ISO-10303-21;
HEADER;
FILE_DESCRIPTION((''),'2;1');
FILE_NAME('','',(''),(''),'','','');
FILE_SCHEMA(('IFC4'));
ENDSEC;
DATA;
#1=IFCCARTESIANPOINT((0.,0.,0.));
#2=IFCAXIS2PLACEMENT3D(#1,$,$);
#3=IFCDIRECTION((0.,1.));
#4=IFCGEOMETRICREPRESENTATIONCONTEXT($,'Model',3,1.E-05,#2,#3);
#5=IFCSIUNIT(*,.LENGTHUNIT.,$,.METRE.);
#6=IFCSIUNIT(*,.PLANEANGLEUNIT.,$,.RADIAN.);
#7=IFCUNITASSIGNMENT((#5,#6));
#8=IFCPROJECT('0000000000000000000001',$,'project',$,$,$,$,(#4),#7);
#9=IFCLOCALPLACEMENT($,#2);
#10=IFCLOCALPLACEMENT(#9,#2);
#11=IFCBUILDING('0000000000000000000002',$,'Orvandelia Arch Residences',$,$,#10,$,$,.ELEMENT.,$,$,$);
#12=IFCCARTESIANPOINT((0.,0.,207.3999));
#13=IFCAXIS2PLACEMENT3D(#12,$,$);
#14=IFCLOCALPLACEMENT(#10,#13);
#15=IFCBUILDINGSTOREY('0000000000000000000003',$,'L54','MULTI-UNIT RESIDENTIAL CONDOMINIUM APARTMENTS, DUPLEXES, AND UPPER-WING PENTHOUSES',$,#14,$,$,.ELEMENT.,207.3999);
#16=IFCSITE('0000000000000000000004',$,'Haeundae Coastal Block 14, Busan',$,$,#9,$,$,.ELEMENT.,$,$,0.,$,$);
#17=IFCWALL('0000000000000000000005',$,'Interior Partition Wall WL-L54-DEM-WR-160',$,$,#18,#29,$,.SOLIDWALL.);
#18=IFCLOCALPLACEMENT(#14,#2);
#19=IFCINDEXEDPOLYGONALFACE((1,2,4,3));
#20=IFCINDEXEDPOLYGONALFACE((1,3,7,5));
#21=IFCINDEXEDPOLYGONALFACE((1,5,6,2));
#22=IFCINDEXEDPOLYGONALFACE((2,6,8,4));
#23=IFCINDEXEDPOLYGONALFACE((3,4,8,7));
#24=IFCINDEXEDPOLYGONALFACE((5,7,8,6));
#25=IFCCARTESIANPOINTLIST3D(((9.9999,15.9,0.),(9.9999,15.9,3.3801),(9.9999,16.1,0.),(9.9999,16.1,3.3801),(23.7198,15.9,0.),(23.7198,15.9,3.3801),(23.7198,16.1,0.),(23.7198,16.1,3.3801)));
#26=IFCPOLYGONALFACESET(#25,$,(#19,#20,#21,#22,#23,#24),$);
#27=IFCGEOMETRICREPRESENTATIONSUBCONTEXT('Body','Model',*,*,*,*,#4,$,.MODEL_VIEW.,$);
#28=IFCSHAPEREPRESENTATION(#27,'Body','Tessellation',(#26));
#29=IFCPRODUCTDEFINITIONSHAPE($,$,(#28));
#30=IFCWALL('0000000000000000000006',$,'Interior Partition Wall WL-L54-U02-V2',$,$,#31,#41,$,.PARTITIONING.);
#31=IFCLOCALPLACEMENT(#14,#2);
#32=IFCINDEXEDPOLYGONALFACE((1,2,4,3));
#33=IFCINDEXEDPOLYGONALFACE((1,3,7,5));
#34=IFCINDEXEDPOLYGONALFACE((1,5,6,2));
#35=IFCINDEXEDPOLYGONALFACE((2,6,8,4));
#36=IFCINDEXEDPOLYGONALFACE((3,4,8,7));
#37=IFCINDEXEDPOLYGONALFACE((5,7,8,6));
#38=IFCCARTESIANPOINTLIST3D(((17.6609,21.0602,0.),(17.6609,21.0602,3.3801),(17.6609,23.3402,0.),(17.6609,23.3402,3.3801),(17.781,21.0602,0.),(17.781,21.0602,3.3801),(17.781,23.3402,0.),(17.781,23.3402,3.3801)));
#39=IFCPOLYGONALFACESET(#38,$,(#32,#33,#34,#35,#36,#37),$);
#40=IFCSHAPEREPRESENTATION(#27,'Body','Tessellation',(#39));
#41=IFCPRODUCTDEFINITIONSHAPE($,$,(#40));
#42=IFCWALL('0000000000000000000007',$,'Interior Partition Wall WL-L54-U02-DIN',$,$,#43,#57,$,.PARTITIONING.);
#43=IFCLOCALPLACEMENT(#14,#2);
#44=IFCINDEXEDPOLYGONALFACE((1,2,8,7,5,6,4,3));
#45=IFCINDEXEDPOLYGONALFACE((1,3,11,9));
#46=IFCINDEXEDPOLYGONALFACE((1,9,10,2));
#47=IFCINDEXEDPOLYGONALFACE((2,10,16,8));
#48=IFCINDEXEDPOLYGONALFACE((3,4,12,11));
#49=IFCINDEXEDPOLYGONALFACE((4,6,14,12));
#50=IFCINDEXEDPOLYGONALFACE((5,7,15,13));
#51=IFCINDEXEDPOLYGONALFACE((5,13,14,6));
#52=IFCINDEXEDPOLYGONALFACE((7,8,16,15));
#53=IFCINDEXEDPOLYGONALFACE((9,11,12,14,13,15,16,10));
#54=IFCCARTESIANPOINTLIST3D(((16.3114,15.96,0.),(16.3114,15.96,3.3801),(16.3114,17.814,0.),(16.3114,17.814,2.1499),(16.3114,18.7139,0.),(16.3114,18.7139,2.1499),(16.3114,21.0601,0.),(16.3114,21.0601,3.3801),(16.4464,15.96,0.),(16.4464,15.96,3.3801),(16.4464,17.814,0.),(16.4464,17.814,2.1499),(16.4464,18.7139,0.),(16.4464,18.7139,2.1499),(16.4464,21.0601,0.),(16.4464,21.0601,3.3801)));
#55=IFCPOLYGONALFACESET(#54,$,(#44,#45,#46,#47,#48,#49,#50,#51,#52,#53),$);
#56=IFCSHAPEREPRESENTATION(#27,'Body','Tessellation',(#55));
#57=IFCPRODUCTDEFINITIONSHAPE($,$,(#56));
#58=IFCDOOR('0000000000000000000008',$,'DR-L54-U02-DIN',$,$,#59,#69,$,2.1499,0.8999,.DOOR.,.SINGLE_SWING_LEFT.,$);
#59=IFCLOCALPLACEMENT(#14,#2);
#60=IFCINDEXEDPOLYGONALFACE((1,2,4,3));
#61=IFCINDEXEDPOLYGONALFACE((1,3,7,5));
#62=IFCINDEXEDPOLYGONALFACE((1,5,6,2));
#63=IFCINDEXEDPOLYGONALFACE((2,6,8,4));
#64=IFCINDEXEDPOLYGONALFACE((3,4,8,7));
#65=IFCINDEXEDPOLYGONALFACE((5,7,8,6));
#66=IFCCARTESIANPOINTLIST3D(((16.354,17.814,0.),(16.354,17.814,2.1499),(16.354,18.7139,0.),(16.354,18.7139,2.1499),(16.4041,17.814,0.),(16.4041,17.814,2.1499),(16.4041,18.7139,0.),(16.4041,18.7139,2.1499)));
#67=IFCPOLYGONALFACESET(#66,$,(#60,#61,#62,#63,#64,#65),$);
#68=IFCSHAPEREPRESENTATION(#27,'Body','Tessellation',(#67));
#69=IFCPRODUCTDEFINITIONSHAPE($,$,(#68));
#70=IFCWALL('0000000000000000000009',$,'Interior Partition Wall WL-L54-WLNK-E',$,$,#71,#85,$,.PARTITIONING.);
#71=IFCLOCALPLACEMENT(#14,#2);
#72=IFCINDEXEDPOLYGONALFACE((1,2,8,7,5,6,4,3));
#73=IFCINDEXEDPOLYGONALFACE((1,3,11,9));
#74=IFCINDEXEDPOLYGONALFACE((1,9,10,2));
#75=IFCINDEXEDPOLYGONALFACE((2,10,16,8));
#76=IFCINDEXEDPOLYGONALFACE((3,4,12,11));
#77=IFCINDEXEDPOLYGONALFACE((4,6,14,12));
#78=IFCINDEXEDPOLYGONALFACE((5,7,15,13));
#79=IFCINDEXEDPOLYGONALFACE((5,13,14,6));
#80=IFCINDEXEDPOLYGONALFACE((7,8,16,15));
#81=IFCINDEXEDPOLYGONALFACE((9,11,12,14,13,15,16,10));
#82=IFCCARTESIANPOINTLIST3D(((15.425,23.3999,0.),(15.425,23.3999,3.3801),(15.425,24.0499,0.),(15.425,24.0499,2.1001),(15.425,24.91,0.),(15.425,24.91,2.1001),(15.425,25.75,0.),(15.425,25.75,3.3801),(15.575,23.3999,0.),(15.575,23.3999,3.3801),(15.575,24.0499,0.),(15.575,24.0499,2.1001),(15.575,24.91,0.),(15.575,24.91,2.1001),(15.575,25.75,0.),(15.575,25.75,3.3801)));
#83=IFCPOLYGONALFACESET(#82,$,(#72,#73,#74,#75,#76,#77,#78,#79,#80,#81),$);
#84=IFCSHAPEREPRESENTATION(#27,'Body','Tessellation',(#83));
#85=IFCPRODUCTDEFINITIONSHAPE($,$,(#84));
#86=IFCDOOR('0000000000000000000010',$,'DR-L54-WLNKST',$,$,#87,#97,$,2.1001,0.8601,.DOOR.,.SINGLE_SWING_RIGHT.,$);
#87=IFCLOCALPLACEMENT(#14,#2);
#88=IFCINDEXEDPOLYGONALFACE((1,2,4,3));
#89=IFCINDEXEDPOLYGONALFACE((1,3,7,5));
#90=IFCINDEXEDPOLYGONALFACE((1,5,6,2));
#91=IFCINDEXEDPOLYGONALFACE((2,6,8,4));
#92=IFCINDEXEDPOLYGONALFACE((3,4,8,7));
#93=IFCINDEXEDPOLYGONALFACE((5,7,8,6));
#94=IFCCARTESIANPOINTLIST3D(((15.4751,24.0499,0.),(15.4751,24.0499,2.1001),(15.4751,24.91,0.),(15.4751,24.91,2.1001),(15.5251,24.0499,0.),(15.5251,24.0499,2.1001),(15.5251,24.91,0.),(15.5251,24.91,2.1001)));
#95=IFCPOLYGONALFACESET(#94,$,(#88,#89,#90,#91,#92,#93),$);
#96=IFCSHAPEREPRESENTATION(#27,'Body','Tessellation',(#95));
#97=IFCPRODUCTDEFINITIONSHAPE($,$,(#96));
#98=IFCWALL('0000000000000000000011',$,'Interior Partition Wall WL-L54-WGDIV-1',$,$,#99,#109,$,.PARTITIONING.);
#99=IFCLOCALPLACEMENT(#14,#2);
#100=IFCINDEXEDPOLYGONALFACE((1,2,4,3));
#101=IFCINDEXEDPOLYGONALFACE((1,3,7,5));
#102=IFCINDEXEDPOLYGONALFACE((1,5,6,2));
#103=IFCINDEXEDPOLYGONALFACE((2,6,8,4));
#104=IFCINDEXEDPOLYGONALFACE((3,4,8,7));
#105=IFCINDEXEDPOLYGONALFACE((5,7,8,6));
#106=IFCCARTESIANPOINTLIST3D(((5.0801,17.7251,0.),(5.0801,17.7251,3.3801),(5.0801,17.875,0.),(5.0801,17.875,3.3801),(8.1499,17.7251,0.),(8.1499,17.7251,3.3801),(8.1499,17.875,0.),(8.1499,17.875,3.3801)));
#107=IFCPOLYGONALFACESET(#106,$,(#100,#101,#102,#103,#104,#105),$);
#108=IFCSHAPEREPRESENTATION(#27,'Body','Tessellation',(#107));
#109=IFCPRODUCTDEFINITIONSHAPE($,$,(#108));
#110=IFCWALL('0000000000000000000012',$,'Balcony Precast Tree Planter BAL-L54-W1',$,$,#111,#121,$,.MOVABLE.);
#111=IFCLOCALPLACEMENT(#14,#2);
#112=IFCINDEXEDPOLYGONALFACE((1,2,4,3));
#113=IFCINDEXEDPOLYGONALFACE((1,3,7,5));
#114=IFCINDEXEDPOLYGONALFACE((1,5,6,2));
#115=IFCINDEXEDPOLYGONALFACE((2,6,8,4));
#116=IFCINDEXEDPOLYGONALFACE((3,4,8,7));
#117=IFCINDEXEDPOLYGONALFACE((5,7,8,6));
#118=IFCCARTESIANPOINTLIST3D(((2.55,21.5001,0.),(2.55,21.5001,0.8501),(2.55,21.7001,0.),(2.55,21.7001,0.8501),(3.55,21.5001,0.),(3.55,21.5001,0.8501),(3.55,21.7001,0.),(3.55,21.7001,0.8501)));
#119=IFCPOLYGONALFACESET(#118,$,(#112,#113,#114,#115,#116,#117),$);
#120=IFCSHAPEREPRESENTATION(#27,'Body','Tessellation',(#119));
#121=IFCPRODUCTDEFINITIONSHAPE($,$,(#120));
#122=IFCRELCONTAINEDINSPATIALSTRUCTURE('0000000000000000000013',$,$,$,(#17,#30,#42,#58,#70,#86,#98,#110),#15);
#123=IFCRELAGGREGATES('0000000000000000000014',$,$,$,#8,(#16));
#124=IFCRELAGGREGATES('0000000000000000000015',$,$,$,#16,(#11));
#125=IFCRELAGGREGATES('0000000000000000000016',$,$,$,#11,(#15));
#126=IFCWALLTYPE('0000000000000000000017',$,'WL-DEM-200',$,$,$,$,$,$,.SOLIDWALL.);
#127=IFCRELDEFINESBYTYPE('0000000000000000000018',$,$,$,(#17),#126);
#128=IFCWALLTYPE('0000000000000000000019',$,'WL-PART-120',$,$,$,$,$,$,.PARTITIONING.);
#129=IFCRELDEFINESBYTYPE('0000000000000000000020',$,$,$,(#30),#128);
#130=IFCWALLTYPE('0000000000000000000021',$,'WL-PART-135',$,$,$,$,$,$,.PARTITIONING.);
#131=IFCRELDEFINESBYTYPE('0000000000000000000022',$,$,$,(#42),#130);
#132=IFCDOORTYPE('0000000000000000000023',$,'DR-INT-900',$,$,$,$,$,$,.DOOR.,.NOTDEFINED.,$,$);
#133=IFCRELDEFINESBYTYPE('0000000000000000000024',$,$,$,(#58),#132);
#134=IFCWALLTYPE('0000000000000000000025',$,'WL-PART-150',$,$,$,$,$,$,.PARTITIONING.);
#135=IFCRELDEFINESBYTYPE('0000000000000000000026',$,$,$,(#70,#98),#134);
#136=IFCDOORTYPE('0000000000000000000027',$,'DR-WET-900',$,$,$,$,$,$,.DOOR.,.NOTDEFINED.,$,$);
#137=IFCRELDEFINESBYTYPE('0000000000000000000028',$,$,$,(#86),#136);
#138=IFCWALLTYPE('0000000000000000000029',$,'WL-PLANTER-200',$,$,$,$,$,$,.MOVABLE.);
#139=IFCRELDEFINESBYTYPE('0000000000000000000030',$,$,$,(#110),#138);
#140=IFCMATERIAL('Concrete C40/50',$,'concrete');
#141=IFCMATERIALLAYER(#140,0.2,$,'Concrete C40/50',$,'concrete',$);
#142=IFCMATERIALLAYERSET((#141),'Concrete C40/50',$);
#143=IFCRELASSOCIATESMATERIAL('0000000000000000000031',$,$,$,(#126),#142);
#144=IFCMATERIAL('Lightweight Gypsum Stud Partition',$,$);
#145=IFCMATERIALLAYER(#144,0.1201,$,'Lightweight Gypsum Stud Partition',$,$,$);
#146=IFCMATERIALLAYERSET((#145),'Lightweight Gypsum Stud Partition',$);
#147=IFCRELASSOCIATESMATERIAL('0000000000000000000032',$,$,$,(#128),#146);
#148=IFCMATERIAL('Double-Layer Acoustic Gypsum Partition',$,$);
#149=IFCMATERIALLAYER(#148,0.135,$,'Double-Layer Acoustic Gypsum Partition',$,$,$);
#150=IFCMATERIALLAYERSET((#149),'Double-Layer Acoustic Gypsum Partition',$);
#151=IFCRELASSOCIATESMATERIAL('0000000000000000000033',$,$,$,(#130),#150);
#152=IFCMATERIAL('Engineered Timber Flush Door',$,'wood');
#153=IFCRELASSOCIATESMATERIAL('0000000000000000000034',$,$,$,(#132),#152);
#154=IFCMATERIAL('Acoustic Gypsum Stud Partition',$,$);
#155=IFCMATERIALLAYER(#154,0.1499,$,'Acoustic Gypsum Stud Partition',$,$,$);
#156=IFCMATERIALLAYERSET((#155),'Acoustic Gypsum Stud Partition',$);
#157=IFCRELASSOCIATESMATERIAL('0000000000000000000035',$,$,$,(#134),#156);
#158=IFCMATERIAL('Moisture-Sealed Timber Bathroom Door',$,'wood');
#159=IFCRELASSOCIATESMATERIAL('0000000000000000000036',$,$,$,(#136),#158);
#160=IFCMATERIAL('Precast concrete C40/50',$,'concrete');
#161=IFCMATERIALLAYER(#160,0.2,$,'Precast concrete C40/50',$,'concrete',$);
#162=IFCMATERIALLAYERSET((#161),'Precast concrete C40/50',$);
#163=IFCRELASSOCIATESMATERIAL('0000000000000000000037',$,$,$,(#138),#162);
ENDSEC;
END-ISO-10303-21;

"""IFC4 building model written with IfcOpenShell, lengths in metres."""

from ifc_helpers import new_model, si_unit, direction, frame, frame_2d, origin, place, context, subcontext, project, spatial, rectangle, extrude, material, layer, layer_set, type_object, element, fill, save


model = new_model("IFC4")

# Units and contexts
model_context = context("Model", 3, precision=1e-05, world=origin(), true_north=direction((0.0, 1.0)))
body_context = subcontext(model_context, "Body", "Model", "MODEL_VIEW")
ifc_project = project(units=[si_unit("LENGTHUNIT", "METRE"), si_unit("PLANEANGLEUNIT", "RADIAN")], contexts=[model_context])

# Site, building, storey
site_placement = place(None, origin())
site = spatial("IfcSite", under=ifc_project, at=site_placement, Name="Haeundae Coastal Block 14, Busan", CompositionType="ELEMENT", RefElevation=0.0)
building_placement = place(site_placement, origin())
building = spatial("IfcBuilding", under=site, at=building_placement, Name="Orvandelia Arch Residences", CompositionType="ELEMENT")
storey_placement = place(building_placement, frame((0.0, 0.0, 207.3999)))
storey = spatial("IfcBuildingStorey", under=building, at=storey_placement, Name="L54", Description="MULTI-UNIT RESIDENTIAL CONDOMINIUM APARTMENTS, DUPLEXES, AND UPPER-WING PENTHOUSES", CompositionType="ELEMENT", Elevation=207.3999)

# Walls
ifc_material_1 = material(Name="Concrete C40/50", Category="concrete")
ifc_layer_1 = layer(ifc_material_1, 0.2, Name="Concrete C40/50", Category="concrete")
ifc_layer_set_1 = layer_set([ifc_layer_1], Name="Concrete C40/50")
wall_type_1 = type_object("IfcWallType", Name="WL-DEM-200", PredefinedType="SOLIDWALL", material=ifc_layer_set_1)
wall_1_placement = place(storey_placement, frame((10.0, 16.0, 0.0), z_axis=(0.0, 0.0, 1.0), x_axis=(1.0, 0.0, 0.0)))
element("IfcWall", 1, at=wall_1_placement, inside=storey, type_object=wall_type_1, Name="Interior Partition Wall WL-L54-DEM-WR-160", PredefinedType="SOLIDWALL", context=body_context, shape_type="SweptSolid", body=[
    extrude(rectangle(XDim=13.72, YDim=0.2, at=frame_2d((6.8599, 0.0))), origin(), (0.0, 0.0, 1.0), 3.3801),
])
ifc_material_2 = material(Name="Lightweight Gypsum Stud Partition")
ifc_layer_2 = layer(ifc_material_2, 0.1201, Name="Lightweight Gypsum Stud Partition")
ifc_layer_set_2 = layer_set([ifc_layer_2], Name="Lightweight Gypsum Stud Partition")
wall_type_2 = type_object("IfcWallType", Name="WL-PART-120", PredefinedType="PARTITIONING", material=ifc_layer_set_2)
wall_2_placement = place(storey_placement, frame((17.7209, 21.0601, 0.0), z_axis=(0.0, 0.0, 1.0), x_axis=(0.0, 1.0, 0.0)))
element("IfcWall", 2, at=wall_2_placement, inside=storey, type_object=wall_type_2, Name="Interior Partition Wall WL-L54-U02-V2", PredefinedType="PARTITIONING", context=body_context, shape_type="SweptSolid", body=[
    extrude(rectangle(XDim=2.28, YDim=0.1201, at=frame_2d((1.1401, 0.0))), origin(), (0.0, 0.0, 1.0), 3.3801),
])

# Walls, openings, doors
ifc_material_3 = material(Name="Double-Layer Acoustic Gypsum Partition")
ifc_layer_3 = layer(ifc_material_3, 0.135, Name="Double-Layer Acoustic Gypsum Partition")
ifc_layer_set_3 = layer_set([ifc_layer_3], Name="Double-Layer Acoustic Gypsum Partition")
wall_type_3 = type_object("IfcWallType", Name="WL-PART-135", PredefinedType="PARTITIONING", material=ifc_layer_set_3)
wall_3_placement = place(storey_placement, frame((16.3789, 15.96, 0.0), z_axis=(0.0, 0.0, 1.0), x_axis=(0.0, 1.0, 0.0)))
wall_3 = element("IfcWall", 3, at=wall_3_placement, inside=storey, type_object=wall_type_3, Name="Interior Partition Wall WL-L54-U02-DIN", PredefinedType="PARTITIONING", context=body_context, shape_type="SweptSolid", body=[
    extrude(rectangle(XDim=5.1001, YDim=0.135, at=frame_2d((2.55, 0.0))), origin(), (0.0, 0.0, 1.0), 3.3801),
])
opening_1_placement = place(wall_3_placement, frame((1.854, 0.0, 0.0)))
opening_1 = element("IfcOpeningElement", 4, at=opening_1_placement, cuts=wall_3, PredefinedType="OPENING", context=body_context, shape_type="SweptSolid", body=[
    extrude(rectangle(XDim=0.8999, YDim=2.1499, at=frame_2d((0.45, 1.075))), frame((0.0, 0.0776, 0.0), z_axis=(0.0, -1.0, 0.0), x_axis=(1.0, 0.0, 0.0)), (0.0, 0.0, 1.0), 0.155),
])
ifc_material_4 = material(Name="Engineered Timber Flush Door", Category="wood")
door_type_1 = type_object("IfcDoorType", Name="DR-INT-900", OperationType="NOTDEFINED", PredefinedType="DOOR", material=ifc_material_4)
door_1_placement = place(opening_1_placement, origin())
door_1 = element("IfcDoor", 5, at=door_1_placement, inside=storey, type_object=door_type_1, Name="DR-L54-U02-DIN", OperationType="SINGLE_SWING_LEFT", OverallHeight=2.1499, OverallWidth=0.8999, PredefinedType="DOOR", context=body_context, shape_type="SweptSolid", body=[
    extrude(rectangle(XDim=0.8999, YDim=2.1499, at=frame_2d((0.45, 1.075))), frame((0.0, 0.0249, 0.0), z_axis=(0.0, -1.0, 0.0), x_axis=(1.0, 0.0, 0.0)), (0.0, 0.0, 1.0), 0.05),
])
fill(opening_1, door_1)
ifc_material_5 = material(Name="Acoustic Gypsum Stud Partition")
ifc_layer_4 = layer(ifc_material_5, 0.1499, Name="Acoustic Gypsum Stud Partition")
ifc_layer_set_4 = layer_set([ifc_layer_4], Name="Acoustic Gypsum Stud Partition")
wall_type_4 = type_object("IfcWallType", Name="WL-PART-150", PredefinedType="PARTITIONING", material=ifc_layer_set_4)
wall_4_placement = place(storey_placement, frame((15.5, 23.3999, 0.0), z_axis=(0.0, 0.0, 1.0), x_axis=(0.0, 1.0, 0.0)))
wall_4 = element("IfcWall", 6, at=wall_4_placement, inside=storey, type_object=wall_type_4, Name="Interior Partition Wall WL-L54-WLNK-E", PredefinedType="PARTITIONING", context=body_context, shape_type="SweptSolid", body=[
    extrude(rectangle(XDim=2.3501, YDim=0.1499, at=frame_2d((1.175, 0.0))), origin(), (0.0, 0.0, 1.0), 3.3801),
])
opening_2_placement = place(wall_4_placement, frame((0.6499, 0.0, 0.0)))
opening_2 = element("IfcOpeningElement", 7, at=opening_2_placement, cuts=wall_4, PredefinedType="OPENING", context=body_context, shape_type="SweptSolid", body=[
    extrude(rectangle(XDim=0.8601, YDim=2.1001, at=frame_2d((0.4302, 1.05))), frame((0.0, 0.085, 0.0), z_axis=(0.0, -1.0, 0.0), x_axis=(1.0, 0.0, 0.0)), (0.0, 0.0, 1.0), 0.1699),
])
ifc_material_6 = material(Name="Moisture-Sealed Timber Bathroom Door", Category="wood")
door_type_2 = type_object("IfcDoorType", Name="DR-WET-900", OperationType="NOTDEFINED", PredefinedType="DOOR", material=ifc_material_6)
door_2_placement = place(opening_2_placement, origin())
door_2 = element("IfcDoor", 8, at=door_2_placement, inside=storey, type_object=door_type_2, Name="DR-L54-WLNKST", OperationType="SINGLE_SWING_RIGHT", OverallHeight=2.1001, OverallWidth=0.8601, PredefinedType="DOOR", context=body_context, shape_type="SweptSolid", body=[
    extrude(rectangle(XDim=0.8601, YDim=2.1001, at=frame_2d((0.4302, 1.05))), frame((0.0, 0.0249, 0.0), z_axis=(0.0, -1.0, 0.0), x_axis=(1.0, 0.0, 0.0)), (0.0, 0.0, 1.0), 0.05),
])
fill(opening_2, door_2)

# Walls
wall_5_placement = place(storey_placement, frame((5.0801, 17.8, 0.0), z_axis=(0.0, 0.0, 1.0), x_axis=(1.0, 0.0, 0.0)))
element("IfcWall", 9, at=wall_5_placement, inside=storey, type_object=wall_type_4, Name="Interior Partition Wall WL-L54-WGDIV-1", PredefinedType="PARTITIONING", context=body_context, shape_type="SweptSolid", body=[
    extrude(rectangle(XDim=3.0698, YDim=0.1499, at=frame_2d((1.5349, 0.0))), origin(), (0.0, 0.0, 1.0), 3.3801),
])
ifc_material_7 = material(Name="Precast concrete C40/50", Category="concrete")
ifc_layer_5 = layer(ifc_material_7, 0.2, Name="Precast concrete C40/50", Category="concrete")
ifc_layer_set_5 = layer_set([ifc_layer_5], Name="Precast concrete C40/50")
wall_type_5 = type_object("IfcWallType", Name="WL-PLANTER-200", PredefinedType="MOVABLE", material=ifc_layer_set_5)
wall_6_placement = place(storey_placement, frame((2.55, 21.6001, 0.0), z_axis=(0.0, 0.0, 1.0), x_axis=(1.0, 0.0, 0.0)))
element("IfcWall", 10, at=wall_6_placement, inside=storey, type_object=wall_type_5, Name="Balcony Precast Tree Planter BAL-L54-W1", PredefinedType="MOVABLE", context=body_context, shape_type="SweptSolid", body=[
    extrude(rectangle(XDim=1.0, YDim=0.2, at=frame_2d((0.5, 0.0))), origin(), (0.0, 0.0, 1.0), 0.8501),
])

save(model, "model.ifc")
